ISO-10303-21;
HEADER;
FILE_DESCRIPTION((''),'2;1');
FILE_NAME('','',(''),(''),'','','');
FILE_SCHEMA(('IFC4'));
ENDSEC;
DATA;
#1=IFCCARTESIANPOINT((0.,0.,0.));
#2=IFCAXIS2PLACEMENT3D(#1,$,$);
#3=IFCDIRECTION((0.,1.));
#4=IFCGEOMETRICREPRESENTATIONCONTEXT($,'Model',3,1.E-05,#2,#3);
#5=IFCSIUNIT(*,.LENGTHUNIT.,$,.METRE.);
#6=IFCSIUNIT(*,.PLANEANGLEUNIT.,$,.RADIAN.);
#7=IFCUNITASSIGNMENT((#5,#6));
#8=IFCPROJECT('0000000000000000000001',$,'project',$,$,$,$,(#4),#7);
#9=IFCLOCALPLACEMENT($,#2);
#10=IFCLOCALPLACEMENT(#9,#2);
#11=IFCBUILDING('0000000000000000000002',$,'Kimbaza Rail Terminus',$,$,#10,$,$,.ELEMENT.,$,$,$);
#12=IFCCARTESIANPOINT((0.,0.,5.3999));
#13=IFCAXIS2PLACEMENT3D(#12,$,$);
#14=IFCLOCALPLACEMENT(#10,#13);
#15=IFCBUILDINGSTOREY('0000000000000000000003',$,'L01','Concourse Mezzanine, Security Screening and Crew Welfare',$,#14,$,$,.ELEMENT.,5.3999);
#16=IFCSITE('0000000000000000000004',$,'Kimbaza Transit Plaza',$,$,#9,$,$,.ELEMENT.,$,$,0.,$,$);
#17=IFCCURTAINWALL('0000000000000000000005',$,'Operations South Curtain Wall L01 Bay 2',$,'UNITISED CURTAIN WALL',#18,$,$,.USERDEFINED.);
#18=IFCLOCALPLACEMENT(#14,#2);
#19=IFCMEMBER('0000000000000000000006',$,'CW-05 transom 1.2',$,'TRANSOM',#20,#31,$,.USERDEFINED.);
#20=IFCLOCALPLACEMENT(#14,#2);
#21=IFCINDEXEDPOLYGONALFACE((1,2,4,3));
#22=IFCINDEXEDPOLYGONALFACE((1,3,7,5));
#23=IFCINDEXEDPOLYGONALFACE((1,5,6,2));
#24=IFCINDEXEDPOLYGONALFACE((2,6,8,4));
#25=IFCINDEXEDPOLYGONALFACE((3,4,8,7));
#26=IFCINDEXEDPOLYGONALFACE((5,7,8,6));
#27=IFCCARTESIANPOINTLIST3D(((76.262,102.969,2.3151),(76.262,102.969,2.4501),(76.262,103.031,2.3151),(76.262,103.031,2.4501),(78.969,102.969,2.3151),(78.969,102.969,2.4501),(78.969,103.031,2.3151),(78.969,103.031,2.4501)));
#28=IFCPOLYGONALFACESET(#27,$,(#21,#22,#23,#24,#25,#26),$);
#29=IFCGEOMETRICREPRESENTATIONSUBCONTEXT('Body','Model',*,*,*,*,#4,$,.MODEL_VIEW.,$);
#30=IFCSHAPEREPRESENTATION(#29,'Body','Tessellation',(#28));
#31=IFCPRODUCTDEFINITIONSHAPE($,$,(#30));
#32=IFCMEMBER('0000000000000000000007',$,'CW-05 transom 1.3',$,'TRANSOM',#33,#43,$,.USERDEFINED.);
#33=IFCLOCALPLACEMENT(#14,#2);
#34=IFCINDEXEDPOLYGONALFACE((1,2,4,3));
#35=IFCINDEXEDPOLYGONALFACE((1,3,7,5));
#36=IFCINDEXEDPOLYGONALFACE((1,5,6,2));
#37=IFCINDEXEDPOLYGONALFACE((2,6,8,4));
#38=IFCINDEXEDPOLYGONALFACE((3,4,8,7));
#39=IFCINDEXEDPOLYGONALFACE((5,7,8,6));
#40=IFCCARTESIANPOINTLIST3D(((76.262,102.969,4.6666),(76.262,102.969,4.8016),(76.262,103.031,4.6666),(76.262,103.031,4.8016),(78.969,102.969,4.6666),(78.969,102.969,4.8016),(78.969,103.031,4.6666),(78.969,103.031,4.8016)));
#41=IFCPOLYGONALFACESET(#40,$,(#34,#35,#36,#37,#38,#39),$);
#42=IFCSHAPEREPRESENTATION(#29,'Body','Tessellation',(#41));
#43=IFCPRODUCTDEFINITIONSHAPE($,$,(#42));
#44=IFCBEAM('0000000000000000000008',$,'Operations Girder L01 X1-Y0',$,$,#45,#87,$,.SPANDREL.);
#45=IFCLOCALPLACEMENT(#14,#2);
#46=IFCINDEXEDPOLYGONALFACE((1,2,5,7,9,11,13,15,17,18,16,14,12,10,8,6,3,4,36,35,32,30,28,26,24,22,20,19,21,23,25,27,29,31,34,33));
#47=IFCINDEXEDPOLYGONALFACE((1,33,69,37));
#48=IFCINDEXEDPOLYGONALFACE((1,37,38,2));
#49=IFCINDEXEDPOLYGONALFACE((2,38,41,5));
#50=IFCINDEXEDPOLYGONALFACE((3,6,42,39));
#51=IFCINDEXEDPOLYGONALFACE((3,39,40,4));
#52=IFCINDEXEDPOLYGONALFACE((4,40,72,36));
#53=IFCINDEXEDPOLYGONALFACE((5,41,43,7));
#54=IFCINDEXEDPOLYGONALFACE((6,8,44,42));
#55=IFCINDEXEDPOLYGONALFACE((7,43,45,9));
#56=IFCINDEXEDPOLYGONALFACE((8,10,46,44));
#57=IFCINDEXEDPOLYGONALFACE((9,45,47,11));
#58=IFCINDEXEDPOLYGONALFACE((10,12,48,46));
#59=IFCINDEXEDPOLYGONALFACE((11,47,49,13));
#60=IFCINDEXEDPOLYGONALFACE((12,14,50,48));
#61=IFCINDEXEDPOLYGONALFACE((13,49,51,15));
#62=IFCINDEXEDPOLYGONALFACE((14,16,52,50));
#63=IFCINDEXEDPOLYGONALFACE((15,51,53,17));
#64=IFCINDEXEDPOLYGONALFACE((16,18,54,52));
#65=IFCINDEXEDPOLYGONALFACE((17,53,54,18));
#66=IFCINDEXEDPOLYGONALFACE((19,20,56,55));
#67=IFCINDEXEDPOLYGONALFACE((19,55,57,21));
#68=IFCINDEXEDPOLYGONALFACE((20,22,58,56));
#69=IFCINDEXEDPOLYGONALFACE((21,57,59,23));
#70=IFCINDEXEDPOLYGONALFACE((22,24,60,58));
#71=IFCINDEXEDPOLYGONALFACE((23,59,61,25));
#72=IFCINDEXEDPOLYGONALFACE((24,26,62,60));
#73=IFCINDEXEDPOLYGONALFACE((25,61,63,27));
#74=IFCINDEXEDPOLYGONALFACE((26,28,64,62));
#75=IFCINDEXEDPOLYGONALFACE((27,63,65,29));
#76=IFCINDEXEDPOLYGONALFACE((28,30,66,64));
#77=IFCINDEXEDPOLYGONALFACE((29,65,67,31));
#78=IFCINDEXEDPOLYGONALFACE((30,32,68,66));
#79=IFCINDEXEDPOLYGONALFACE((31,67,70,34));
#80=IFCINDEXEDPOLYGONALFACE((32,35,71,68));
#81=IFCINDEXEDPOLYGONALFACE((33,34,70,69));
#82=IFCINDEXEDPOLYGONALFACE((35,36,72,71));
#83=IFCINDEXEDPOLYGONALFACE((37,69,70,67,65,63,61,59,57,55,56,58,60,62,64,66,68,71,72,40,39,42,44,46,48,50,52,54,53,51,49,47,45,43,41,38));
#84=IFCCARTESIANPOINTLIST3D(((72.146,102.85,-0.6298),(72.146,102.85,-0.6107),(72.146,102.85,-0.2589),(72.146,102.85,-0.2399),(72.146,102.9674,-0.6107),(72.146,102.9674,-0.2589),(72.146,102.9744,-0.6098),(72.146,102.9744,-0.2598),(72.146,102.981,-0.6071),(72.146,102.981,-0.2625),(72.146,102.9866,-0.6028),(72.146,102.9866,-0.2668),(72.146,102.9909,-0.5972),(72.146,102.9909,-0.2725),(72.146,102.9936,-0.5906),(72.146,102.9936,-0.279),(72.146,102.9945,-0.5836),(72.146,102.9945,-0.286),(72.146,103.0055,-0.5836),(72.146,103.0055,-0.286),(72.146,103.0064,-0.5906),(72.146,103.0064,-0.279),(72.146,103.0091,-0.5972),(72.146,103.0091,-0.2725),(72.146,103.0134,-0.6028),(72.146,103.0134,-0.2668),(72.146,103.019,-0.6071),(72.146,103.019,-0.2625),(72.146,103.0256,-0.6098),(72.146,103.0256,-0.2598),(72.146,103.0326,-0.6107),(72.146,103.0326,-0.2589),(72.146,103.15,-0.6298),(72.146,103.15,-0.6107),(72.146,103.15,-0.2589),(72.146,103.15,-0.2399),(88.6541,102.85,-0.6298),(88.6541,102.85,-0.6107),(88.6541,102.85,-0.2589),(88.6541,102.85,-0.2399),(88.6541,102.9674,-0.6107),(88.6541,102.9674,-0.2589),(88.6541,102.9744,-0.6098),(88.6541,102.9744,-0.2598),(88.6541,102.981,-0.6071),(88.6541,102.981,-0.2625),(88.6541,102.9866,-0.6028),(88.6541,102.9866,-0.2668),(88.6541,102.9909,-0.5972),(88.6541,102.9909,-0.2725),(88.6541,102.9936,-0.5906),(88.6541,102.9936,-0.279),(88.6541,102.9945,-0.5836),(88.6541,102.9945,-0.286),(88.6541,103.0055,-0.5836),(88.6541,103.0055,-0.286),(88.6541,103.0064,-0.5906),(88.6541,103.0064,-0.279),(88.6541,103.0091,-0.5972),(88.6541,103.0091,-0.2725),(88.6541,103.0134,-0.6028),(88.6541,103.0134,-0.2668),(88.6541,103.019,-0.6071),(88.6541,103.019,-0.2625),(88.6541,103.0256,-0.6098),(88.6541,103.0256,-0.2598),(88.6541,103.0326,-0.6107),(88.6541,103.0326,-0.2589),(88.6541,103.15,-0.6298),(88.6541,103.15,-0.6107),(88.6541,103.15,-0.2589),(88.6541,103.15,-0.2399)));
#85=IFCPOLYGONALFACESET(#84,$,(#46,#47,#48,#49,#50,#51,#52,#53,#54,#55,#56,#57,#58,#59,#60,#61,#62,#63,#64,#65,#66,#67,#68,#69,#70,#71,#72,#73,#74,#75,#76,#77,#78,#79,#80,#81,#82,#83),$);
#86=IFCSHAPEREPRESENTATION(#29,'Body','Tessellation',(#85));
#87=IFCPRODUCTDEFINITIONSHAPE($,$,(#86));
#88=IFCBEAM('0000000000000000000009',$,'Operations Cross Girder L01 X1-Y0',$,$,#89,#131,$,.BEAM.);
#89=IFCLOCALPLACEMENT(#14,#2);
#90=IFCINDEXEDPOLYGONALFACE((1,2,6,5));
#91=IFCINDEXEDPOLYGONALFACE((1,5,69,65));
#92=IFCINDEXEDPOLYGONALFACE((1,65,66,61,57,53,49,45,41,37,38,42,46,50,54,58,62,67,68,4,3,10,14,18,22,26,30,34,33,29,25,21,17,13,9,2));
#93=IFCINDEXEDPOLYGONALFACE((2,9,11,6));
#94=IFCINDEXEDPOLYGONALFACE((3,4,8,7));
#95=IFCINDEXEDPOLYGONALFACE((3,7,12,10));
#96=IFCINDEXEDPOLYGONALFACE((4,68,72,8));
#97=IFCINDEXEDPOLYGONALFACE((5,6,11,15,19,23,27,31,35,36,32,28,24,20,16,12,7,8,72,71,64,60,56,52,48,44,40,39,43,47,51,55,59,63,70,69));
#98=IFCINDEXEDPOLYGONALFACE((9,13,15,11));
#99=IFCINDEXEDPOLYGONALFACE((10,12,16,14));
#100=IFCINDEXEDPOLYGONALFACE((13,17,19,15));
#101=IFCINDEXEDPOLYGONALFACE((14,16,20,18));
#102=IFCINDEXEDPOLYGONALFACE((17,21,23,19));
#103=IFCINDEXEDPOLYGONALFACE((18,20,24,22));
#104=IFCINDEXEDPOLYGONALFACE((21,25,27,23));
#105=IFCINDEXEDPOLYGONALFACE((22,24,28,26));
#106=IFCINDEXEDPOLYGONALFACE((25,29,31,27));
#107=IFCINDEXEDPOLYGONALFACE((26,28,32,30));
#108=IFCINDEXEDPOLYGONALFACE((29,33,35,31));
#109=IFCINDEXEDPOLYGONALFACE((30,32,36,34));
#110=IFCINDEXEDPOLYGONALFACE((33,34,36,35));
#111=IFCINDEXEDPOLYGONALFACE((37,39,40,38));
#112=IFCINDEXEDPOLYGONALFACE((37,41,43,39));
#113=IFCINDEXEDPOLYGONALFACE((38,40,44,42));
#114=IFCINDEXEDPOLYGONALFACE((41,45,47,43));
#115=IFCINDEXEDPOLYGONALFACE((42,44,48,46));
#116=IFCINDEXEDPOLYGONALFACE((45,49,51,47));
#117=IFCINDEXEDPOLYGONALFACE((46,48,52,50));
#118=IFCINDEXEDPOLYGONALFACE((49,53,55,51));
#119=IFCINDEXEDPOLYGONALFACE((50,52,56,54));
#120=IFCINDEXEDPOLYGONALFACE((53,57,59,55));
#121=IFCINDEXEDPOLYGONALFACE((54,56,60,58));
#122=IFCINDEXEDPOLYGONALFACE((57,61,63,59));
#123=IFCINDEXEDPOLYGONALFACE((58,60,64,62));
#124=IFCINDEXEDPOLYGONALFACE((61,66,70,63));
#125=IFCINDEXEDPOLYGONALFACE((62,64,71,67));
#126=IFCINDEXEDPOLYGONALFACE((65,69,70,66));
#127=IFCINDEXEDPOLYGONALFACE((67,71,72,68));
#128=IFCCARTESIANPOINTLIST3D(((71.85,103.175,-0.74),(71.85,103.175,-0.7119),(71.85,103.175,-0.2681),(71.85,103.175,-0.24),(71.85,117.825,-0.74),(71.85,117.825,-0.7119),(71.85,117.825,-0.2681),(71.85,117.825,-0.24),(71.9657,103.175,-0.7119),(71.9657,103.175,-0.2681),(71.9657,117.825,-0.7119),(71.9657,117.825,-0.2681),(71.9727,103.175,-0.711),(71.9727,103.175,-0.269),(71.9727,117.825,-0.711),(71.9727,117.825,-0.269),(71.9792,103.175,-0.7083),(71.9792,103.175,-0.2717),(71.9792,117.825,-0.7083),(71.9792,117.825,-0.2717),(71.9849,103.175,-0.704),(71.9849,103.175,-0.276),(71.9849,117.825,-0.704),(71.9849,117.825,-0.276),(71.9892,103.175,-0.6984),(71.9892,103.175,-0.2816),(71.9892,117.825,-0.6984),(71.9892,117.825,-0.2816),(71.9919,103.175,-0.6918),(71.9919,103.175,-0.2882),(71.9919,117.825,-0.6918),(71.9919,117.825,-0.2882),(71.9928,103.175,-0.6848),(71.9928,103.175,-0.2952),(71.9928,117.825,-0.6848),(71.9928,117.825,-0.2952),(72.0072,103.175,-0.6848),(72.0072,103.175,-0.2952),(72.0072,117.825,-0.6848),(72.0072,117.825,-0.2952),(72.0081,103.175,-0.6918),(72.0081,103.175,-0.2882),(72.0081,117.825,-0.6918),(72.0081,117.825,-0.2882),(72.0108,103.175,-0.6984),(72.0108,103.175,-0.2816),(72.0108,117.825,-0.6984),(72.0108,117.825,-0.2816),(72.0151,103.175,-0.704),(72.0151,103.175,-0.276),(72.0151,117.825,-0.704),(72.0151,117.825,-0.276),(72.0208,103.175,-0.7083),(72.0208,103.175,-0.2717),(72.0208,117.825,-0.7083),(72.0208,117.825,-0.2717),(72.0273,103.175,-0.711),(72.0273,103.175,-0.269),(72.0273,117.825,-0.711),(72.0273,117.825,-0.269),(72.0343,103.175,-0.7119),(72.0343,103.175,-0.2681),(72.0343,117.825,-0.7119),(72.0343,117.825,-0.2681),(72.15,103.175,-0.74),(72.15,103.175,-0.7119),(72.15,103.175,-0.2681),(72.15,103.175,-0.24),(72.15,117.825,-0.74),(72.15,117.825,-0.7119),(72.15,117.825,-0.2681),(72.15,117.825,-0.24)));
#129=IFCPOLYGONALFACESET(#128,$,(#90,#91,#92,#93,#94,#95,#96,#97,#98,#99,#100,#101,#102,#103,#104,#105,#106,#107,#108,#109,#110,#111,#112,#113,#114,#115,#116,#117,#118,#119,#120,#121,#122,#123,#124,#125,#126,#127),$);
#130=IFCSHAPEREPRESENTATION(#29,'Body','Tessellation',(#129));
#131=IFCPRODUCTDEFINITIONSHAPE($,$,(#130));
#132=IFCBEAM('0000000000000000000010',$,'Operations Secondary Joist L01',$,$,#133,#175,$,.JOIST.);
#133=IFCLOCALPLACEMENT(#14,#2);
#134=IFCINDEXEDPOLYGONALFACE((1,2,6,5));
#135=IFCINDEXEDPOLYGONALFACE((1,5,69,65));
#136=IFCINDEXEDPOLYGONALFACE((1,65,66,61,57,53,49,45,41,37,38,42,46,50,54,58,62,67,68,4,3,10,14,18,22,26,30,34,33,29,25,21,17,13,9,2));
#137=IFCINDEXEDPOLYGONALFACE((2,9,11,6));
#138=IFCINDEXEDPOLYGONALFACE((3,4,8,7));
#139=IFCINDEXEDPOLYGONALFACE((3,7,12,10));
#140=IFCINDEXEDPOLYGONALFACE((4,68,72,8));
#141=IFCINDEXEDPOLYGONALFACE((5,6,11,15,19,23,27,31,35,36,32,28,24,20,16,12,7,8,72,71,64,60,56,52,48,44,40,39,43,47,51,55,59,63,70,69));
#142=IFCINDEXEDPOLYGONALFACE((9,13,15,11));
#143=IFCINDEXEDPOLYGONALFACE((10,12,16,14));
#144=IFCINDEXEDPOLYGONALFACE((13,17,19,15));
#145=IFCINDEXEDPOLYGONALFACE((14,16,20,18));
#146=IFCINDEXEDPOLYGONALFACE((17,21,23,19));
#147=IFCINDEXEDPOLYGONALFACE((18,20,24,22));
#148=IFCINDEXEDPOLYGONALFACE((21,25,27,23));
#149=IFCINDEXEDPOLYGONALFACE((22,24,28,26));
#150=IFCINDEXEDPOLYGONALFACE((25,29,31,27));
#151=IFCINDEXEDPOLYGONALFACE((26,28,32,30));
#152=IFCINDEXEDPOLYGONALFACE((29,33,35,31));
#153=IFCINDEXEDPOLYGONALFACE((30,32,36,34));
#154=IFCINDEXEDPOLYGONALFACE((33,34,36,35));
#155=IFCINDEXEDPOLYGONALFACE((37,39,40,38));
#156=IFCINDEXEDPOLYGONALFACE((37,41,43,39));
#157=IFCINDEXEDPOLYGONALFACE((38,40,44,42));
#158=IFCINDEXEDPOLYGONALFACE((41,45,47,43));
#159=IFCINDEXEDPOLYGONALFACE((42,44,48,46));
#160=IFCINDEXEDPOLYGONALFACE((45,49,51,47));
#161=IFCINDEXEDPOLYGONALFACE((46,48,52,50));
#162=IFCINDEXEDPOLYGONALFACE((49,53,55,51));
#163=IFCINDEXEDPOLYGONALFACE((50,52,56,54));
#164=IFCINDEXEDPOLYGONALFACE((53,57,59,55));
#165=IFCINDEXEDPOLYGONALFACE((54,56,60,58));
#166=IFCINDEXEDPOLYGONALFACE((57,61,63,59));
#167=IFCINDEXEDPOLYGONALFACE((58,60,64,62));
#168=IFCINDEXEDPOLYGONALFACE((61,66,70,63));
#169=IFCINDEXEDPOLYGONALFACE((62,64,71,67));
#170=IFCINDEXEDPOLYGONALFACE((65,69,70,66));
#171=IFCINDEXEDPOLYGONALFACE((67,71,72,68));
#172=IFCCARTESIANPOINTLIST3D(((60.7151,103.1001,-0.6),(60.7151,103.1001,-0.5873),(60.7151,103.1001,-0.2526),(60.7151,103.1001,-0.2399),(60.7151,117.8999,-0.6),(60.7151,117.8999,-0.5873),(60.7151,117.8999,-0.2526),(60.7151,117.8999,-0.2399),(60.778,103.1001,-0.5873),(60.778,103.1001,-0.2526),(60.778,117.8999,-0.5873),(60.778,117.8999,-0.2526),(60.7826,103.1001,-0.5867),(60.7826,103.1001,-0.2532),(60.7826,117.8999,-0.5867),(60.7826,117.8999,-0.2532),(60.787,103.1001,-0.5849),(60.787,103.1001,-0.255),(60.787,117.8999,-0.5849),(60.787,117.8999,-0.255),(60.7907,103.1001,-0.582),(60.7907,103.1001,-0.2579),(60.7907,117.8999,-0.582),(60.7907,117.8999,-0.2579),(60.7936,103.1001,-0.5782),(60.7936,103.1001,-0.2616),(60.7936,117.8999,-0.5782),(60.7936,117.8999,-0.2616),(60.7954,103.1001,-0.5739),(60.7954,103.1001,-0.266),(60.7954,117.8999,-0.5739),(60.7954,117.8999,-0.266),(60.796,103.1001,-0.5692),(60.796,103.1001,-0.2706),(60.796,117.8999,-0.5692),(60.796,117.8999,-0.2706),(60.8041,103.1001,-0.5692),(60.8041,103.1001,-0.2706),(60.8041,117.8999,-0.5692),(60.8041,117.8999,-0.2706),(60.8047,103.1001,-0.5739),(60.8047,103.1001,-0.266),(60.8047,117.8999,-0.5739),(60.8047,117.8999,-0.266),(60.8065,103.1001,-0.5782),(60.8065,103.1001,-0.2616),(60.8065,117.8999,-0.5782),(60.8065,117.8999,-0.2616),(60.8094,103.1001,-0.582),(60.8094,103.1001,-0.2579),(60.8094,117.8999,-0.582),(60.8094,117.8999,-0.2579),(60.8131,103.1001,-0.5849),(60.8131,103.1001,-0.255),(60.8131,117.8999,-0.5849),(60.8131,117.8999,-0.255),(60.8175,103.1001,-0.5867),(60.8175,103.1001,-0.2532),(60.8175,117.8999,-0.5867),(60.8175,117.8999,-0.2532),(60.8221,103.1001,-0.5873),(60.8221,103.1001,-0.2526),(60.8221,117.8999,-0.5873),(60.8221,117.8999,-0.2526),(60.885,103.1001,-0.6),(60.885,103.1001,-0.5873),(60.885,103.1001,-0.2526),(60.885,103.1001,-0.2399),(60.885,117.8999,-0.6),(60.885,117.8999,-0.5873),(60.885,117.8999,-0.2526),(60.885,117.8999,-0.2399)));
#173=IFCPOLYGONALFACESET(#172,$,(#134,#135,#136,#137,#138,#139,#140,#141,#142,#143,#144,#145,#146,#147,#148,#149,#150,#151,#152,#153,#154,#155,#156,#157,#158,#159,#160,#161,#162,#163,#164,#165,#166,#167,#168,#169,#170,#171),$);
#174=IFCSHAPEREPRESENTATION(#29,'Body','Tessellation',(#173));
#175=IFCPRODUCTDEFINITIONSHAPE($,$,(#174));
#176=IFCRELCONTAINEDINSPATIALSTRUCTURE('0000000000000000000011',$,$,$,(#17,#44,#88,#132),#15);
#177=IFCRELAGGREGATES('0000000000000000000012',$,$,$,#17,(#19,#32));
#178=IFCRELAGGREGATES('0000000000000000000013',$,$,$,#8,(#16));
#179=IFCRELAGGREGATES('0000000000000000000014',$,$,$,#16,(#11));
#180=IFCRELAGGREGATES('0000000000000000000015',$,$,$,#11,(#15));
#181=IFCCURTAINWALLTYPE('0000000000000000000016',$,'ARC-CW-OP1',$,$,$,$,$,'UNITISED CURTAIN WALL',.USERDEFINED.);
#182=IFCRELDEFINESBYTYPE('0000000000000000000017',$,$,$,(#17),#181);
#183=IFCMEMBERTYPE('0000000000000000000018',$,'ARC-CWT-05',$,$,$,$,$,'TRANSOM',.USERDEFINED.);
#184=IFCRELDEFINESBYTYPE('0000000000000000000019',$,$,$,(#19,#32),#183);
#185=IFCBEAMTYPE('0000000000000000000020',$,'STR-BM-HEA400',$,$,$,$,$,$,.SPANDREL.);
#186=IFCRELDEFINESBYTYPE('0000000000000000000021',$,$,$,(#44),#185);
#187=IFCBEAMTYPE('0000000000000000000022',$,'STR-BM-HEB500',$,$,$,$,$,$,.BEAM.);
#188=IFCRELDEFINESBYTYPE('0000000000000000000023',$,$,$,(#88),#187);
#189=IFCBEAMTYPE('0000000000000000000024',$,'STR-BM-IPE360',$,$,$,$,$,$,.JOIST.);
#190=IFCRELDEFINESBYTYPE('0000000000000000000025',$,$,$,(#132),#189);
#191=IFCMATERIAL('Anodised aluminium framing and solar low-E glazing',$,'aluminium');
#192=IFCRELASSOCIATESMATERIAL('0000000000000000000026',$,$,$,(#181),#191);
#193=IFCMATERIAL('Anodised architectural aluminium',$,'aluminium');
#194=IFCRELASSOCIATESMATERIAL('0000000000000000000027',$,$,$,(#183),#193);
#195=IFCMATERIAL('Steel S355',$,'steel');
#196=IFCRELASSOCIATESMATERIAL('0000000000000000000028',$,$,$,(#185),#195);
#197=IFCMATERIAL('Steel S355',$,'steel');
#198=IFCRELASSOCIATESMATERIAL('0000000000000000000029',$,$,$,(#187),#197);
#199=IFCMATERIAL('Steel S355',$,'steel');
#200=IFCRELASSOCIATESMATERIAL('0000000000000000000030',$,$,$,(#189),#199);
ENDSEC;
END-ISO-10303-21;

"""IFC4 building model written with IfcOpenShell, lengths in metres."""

from ifc_helpers import new_model, si_unit, direction, frame, origin, origin_2d, place, context, subcontext, project, spatial, rectangle, i_section, extrude, material, material_profile, profile_set, type_object, element, aggregate, save


model = new_model("IFC4")

# Units and contexts
model_context = context("Model", 3, precision=1e-05, world=origin(), true_north=direction((0.0, 1.0)))
body_context = subcontext(model_context, "Body", "Model", "MODEL_VIEW")
ifc_project = project(units=[si_unit("LENGTHUNIT", "METRE"), si_unit("PLANEANGLEUNIT", "RADIAN")], contexts=[model_context])

# Site, building, storey
site_placement = place(None, origin())
site = spatial("IfcSite", under=ifc_project, at=site_placement, Name="Kimbaza Transit Plaza", CompositionType="ELEMENT", RefElevation=0.0)
building_placement = place(site_placement, origin())
building = spatial("IfcBuilding", under=site, at=building_placement, Name="Kimbaza Rail Terminus", CompositionType="ELEMENT")
storey_placement = place(building_placement, frame((0.0, 0.0, 5.3999)))
storey = spatial("IfcBuildingStorey", under=building, at=storey_placement, Name="L01", Description="Concourse Mezzanine, Security Screening and Crew Welfare", CompositionType="ELEMENT", Elevation=5.3999)

# Shared definitions
ifc_material_1 = material(Name="Anodised aluminium framing and solar low-E glazing", Category="aluminium")
curtain_wall_type = type_object("IfcCurtainWallType", Name="ARC-CW-OP1", ElementType="UNITISED CURTAIN WALL", PredefinedType="USERDEFINED", material=ifc_material_1)

# Curtain wall
curtain_wall_1_placement = place(storey_placement, origin())
curtain_wall_1 = element("IfcCurtainWall", 1, at=curtain_wall_1_placement, inside=storey, type_object=curtain_wall_type, Name="Operations South Curtain Wall L01 Bay 2", ObjectType="UNITISED CURTAIN WALL", PredefinedType="USERDEFINED")

# Members
ifc_material_2 = material(Name="Anodised architectural aluminium", Category="aluminium")
ifc_material_profile_1 = material_profile(ifc_material_2, rectangle(XDim=0.062, YDim=0.135, at=origin_2d()), Name="TRANSOM 62x135")
ifc_profile_set_1 = profile_set([ifc_material_profile_1], Name="Anodised architectural aluminium")
member_type_1 = type_object("IfcMemberType", Name="ARC-CWT-05", ElementType="TRANSOM", PredefinedType="USERDEFINED", material=ifc_profile_set_1)
member_1_placement = place(storey_placement, frame((76.262, 103.0, 2.3826), z_axis=(1.0, 0.0, 0.0), x_axis=(0.0, 1.0, 0.0)))
member_1 = element("IfcMember", 2, at=member_1_placement, type_object=member_type_1, Name="CW-05 transom 1.2", ObjectType="TRANSOM", PredefinedType="USERDEFINED", context=body_context, shape_type="SweptSolid", body=[
    extrude(rectangle(XDim=0.062, YDim=0.135, at=origin_2d()), origin(), (0.0, 0.0, 1.0), 2.707),
])
member_2_placement = place(storey_placement, frame((76.262, 103.0, 4.7341), z_axis=(1.0, 0.0, 0.0), x_axis=(0.0, 1.0, 0.0)))
member_2 = element("IfcMember", 3, at=member_2_placement, type_object=member_type_1, Name="CW-05 transom 1.3", ObjectType="TRANSOM", PredefinedType="USERDEFINED", context=body_context, shape_type="SweptSolid", body=[
    extrude(rectangle(XDim=0.062, YDim=0.135, at=origin_2d()), origin(), (0.0, 0.0, 1.0), 2.707),
])

# Beams
ifc_material_3 = material(Name="Steel S355", Category="steel")
ifc_material_profile_2 = material_profile(ifc_material_3, i_section(OverallWidth=0.3, OverallDepth=0.3899, WebThickness=0.011, FlangeThickness=0.019, FilletRadius=0.0271, at=origin_2d()), Name="HEA 400")
ifc_profile_set_2 = profile_set([ifc_material_profile_2], Name="Steel S355")
beam_type_1 = type_object("IfcBeamType", Name="STR-BM-HEA400", PredefinedType="SPANDREL", material=ifc_profile_set_2)
beam_1_placement = place(storey_placement, frame((72.146, 103.0, -0.4348), z_axis=(1.0, 0.0, 0.0), x_axis=(0.0, 1.0, 0.0)))
element("IfcBeam", 4, at=beam_1_placement, inside=storey, type_object=beam_type_1, Name="Operations Girder L01 X1-Y0", PredefinedType="SPANDREL", context=body_context, shape_type="SweptSolid", body=[
    extrude(i_section(OverallWidth=0.3, OverallDepth=0.3899, WebThickness=0.011, FlangeThickness=0.019, FilletRadius=0.0271, at=origin_2d()), origin(), (0.0, 0.0, 1.0), 16.5081),
])
ifc_material_4 = material(Name="Steel S355", Category="steel")
ifc_material_profile_3 = material_profile(ifc_material_4, i_section(OverallWidth=0.3, OverallDepth=0.5, WebThickness=0.0144, FlangeThickness=0.0281, FilletRadius=0.0271, at=origin_2d()), Name="HEB 500")
ifc_profile_set_3 = profile_set([ifc_material_profile_3], Name="Steel S355")
beam_type_2 = type_object("IfcBeamType", Name="STR-BM-HEB500", PredefinedType="BEAM", material=ifc_profile_set_3)
beam_2_placement = place(storey_placement, frame((72.0, 103.175, -0.49), z_axis=(0.0, 1.0, 0.0), x_axis=(-1.0, 0.0, 0.0)))
element("IfcBeam", 5, at=beam_2_placement, inside=storey, type_object=beam_type_2, Name="Operations Cross Girder L01 X1-Y0", PredefinedType="BEAM", context=body_context, shape_type="SweptSolid", body=[
    extrude(i_section(OverallWidth=0.3, OverallDepth=0.5, WebThickness=0.0144, FlangeThickness=0.0281, FilletRadius=0.0271, at=origin_2d()), origin(), (0.0, 0.0, 1.0), 14.6499),
])
ifc_material_5 = material(Name="Steel S355", Category="steel")
ifc_material_profile_4 = material_profile(ifc_material_5, i_section(OverallWidth=0.1699, OverallDepth=0.3601, WebThickness=0.0081, FlangeThickness=0.0127, FilletRadius=0.0181, at=origin_2d()), Name="IPE 360")
ifc_profile_set_4 = profile_set([ifc_material_profile_4], Name="Steel S355")
beam_type_3 = type_object("IfcBeamType", Name="STR-BM-IPE360", PredefinedType="JOIST", material=ifc_profile_set_4)
for number, where, z_axis, x_axis, name in (
    (6, (60.8, 103.1001, -0.4199), (0.0, 1.0, 0.0), (-1.0, 0.0, 0.0), "Operations Secondary Joist L01"),
):
    element("IfcBeam", number, at=place(storey_placement, frame(where, z_axis=z_axis, x_axis=x_axis)), inside=storey, type_object=beam_type_3, Name=name, PredefinedType="JOIST", context=body_context, shape_type="SweptSolid", body=[
        extrude(i_section(OverallWidth=0.1699, OverallDepth=0.3601, WebThickness=0.0081, FlangeThickness=0.0127, FilletRadius=0.0181, at=origin_2d()), origin(), (0.0, 0.0, 1.0), 14.7998),
    ])

aggregate(curtain_wall_1, [member_1, member_2])

save(model, "model.ifc")
